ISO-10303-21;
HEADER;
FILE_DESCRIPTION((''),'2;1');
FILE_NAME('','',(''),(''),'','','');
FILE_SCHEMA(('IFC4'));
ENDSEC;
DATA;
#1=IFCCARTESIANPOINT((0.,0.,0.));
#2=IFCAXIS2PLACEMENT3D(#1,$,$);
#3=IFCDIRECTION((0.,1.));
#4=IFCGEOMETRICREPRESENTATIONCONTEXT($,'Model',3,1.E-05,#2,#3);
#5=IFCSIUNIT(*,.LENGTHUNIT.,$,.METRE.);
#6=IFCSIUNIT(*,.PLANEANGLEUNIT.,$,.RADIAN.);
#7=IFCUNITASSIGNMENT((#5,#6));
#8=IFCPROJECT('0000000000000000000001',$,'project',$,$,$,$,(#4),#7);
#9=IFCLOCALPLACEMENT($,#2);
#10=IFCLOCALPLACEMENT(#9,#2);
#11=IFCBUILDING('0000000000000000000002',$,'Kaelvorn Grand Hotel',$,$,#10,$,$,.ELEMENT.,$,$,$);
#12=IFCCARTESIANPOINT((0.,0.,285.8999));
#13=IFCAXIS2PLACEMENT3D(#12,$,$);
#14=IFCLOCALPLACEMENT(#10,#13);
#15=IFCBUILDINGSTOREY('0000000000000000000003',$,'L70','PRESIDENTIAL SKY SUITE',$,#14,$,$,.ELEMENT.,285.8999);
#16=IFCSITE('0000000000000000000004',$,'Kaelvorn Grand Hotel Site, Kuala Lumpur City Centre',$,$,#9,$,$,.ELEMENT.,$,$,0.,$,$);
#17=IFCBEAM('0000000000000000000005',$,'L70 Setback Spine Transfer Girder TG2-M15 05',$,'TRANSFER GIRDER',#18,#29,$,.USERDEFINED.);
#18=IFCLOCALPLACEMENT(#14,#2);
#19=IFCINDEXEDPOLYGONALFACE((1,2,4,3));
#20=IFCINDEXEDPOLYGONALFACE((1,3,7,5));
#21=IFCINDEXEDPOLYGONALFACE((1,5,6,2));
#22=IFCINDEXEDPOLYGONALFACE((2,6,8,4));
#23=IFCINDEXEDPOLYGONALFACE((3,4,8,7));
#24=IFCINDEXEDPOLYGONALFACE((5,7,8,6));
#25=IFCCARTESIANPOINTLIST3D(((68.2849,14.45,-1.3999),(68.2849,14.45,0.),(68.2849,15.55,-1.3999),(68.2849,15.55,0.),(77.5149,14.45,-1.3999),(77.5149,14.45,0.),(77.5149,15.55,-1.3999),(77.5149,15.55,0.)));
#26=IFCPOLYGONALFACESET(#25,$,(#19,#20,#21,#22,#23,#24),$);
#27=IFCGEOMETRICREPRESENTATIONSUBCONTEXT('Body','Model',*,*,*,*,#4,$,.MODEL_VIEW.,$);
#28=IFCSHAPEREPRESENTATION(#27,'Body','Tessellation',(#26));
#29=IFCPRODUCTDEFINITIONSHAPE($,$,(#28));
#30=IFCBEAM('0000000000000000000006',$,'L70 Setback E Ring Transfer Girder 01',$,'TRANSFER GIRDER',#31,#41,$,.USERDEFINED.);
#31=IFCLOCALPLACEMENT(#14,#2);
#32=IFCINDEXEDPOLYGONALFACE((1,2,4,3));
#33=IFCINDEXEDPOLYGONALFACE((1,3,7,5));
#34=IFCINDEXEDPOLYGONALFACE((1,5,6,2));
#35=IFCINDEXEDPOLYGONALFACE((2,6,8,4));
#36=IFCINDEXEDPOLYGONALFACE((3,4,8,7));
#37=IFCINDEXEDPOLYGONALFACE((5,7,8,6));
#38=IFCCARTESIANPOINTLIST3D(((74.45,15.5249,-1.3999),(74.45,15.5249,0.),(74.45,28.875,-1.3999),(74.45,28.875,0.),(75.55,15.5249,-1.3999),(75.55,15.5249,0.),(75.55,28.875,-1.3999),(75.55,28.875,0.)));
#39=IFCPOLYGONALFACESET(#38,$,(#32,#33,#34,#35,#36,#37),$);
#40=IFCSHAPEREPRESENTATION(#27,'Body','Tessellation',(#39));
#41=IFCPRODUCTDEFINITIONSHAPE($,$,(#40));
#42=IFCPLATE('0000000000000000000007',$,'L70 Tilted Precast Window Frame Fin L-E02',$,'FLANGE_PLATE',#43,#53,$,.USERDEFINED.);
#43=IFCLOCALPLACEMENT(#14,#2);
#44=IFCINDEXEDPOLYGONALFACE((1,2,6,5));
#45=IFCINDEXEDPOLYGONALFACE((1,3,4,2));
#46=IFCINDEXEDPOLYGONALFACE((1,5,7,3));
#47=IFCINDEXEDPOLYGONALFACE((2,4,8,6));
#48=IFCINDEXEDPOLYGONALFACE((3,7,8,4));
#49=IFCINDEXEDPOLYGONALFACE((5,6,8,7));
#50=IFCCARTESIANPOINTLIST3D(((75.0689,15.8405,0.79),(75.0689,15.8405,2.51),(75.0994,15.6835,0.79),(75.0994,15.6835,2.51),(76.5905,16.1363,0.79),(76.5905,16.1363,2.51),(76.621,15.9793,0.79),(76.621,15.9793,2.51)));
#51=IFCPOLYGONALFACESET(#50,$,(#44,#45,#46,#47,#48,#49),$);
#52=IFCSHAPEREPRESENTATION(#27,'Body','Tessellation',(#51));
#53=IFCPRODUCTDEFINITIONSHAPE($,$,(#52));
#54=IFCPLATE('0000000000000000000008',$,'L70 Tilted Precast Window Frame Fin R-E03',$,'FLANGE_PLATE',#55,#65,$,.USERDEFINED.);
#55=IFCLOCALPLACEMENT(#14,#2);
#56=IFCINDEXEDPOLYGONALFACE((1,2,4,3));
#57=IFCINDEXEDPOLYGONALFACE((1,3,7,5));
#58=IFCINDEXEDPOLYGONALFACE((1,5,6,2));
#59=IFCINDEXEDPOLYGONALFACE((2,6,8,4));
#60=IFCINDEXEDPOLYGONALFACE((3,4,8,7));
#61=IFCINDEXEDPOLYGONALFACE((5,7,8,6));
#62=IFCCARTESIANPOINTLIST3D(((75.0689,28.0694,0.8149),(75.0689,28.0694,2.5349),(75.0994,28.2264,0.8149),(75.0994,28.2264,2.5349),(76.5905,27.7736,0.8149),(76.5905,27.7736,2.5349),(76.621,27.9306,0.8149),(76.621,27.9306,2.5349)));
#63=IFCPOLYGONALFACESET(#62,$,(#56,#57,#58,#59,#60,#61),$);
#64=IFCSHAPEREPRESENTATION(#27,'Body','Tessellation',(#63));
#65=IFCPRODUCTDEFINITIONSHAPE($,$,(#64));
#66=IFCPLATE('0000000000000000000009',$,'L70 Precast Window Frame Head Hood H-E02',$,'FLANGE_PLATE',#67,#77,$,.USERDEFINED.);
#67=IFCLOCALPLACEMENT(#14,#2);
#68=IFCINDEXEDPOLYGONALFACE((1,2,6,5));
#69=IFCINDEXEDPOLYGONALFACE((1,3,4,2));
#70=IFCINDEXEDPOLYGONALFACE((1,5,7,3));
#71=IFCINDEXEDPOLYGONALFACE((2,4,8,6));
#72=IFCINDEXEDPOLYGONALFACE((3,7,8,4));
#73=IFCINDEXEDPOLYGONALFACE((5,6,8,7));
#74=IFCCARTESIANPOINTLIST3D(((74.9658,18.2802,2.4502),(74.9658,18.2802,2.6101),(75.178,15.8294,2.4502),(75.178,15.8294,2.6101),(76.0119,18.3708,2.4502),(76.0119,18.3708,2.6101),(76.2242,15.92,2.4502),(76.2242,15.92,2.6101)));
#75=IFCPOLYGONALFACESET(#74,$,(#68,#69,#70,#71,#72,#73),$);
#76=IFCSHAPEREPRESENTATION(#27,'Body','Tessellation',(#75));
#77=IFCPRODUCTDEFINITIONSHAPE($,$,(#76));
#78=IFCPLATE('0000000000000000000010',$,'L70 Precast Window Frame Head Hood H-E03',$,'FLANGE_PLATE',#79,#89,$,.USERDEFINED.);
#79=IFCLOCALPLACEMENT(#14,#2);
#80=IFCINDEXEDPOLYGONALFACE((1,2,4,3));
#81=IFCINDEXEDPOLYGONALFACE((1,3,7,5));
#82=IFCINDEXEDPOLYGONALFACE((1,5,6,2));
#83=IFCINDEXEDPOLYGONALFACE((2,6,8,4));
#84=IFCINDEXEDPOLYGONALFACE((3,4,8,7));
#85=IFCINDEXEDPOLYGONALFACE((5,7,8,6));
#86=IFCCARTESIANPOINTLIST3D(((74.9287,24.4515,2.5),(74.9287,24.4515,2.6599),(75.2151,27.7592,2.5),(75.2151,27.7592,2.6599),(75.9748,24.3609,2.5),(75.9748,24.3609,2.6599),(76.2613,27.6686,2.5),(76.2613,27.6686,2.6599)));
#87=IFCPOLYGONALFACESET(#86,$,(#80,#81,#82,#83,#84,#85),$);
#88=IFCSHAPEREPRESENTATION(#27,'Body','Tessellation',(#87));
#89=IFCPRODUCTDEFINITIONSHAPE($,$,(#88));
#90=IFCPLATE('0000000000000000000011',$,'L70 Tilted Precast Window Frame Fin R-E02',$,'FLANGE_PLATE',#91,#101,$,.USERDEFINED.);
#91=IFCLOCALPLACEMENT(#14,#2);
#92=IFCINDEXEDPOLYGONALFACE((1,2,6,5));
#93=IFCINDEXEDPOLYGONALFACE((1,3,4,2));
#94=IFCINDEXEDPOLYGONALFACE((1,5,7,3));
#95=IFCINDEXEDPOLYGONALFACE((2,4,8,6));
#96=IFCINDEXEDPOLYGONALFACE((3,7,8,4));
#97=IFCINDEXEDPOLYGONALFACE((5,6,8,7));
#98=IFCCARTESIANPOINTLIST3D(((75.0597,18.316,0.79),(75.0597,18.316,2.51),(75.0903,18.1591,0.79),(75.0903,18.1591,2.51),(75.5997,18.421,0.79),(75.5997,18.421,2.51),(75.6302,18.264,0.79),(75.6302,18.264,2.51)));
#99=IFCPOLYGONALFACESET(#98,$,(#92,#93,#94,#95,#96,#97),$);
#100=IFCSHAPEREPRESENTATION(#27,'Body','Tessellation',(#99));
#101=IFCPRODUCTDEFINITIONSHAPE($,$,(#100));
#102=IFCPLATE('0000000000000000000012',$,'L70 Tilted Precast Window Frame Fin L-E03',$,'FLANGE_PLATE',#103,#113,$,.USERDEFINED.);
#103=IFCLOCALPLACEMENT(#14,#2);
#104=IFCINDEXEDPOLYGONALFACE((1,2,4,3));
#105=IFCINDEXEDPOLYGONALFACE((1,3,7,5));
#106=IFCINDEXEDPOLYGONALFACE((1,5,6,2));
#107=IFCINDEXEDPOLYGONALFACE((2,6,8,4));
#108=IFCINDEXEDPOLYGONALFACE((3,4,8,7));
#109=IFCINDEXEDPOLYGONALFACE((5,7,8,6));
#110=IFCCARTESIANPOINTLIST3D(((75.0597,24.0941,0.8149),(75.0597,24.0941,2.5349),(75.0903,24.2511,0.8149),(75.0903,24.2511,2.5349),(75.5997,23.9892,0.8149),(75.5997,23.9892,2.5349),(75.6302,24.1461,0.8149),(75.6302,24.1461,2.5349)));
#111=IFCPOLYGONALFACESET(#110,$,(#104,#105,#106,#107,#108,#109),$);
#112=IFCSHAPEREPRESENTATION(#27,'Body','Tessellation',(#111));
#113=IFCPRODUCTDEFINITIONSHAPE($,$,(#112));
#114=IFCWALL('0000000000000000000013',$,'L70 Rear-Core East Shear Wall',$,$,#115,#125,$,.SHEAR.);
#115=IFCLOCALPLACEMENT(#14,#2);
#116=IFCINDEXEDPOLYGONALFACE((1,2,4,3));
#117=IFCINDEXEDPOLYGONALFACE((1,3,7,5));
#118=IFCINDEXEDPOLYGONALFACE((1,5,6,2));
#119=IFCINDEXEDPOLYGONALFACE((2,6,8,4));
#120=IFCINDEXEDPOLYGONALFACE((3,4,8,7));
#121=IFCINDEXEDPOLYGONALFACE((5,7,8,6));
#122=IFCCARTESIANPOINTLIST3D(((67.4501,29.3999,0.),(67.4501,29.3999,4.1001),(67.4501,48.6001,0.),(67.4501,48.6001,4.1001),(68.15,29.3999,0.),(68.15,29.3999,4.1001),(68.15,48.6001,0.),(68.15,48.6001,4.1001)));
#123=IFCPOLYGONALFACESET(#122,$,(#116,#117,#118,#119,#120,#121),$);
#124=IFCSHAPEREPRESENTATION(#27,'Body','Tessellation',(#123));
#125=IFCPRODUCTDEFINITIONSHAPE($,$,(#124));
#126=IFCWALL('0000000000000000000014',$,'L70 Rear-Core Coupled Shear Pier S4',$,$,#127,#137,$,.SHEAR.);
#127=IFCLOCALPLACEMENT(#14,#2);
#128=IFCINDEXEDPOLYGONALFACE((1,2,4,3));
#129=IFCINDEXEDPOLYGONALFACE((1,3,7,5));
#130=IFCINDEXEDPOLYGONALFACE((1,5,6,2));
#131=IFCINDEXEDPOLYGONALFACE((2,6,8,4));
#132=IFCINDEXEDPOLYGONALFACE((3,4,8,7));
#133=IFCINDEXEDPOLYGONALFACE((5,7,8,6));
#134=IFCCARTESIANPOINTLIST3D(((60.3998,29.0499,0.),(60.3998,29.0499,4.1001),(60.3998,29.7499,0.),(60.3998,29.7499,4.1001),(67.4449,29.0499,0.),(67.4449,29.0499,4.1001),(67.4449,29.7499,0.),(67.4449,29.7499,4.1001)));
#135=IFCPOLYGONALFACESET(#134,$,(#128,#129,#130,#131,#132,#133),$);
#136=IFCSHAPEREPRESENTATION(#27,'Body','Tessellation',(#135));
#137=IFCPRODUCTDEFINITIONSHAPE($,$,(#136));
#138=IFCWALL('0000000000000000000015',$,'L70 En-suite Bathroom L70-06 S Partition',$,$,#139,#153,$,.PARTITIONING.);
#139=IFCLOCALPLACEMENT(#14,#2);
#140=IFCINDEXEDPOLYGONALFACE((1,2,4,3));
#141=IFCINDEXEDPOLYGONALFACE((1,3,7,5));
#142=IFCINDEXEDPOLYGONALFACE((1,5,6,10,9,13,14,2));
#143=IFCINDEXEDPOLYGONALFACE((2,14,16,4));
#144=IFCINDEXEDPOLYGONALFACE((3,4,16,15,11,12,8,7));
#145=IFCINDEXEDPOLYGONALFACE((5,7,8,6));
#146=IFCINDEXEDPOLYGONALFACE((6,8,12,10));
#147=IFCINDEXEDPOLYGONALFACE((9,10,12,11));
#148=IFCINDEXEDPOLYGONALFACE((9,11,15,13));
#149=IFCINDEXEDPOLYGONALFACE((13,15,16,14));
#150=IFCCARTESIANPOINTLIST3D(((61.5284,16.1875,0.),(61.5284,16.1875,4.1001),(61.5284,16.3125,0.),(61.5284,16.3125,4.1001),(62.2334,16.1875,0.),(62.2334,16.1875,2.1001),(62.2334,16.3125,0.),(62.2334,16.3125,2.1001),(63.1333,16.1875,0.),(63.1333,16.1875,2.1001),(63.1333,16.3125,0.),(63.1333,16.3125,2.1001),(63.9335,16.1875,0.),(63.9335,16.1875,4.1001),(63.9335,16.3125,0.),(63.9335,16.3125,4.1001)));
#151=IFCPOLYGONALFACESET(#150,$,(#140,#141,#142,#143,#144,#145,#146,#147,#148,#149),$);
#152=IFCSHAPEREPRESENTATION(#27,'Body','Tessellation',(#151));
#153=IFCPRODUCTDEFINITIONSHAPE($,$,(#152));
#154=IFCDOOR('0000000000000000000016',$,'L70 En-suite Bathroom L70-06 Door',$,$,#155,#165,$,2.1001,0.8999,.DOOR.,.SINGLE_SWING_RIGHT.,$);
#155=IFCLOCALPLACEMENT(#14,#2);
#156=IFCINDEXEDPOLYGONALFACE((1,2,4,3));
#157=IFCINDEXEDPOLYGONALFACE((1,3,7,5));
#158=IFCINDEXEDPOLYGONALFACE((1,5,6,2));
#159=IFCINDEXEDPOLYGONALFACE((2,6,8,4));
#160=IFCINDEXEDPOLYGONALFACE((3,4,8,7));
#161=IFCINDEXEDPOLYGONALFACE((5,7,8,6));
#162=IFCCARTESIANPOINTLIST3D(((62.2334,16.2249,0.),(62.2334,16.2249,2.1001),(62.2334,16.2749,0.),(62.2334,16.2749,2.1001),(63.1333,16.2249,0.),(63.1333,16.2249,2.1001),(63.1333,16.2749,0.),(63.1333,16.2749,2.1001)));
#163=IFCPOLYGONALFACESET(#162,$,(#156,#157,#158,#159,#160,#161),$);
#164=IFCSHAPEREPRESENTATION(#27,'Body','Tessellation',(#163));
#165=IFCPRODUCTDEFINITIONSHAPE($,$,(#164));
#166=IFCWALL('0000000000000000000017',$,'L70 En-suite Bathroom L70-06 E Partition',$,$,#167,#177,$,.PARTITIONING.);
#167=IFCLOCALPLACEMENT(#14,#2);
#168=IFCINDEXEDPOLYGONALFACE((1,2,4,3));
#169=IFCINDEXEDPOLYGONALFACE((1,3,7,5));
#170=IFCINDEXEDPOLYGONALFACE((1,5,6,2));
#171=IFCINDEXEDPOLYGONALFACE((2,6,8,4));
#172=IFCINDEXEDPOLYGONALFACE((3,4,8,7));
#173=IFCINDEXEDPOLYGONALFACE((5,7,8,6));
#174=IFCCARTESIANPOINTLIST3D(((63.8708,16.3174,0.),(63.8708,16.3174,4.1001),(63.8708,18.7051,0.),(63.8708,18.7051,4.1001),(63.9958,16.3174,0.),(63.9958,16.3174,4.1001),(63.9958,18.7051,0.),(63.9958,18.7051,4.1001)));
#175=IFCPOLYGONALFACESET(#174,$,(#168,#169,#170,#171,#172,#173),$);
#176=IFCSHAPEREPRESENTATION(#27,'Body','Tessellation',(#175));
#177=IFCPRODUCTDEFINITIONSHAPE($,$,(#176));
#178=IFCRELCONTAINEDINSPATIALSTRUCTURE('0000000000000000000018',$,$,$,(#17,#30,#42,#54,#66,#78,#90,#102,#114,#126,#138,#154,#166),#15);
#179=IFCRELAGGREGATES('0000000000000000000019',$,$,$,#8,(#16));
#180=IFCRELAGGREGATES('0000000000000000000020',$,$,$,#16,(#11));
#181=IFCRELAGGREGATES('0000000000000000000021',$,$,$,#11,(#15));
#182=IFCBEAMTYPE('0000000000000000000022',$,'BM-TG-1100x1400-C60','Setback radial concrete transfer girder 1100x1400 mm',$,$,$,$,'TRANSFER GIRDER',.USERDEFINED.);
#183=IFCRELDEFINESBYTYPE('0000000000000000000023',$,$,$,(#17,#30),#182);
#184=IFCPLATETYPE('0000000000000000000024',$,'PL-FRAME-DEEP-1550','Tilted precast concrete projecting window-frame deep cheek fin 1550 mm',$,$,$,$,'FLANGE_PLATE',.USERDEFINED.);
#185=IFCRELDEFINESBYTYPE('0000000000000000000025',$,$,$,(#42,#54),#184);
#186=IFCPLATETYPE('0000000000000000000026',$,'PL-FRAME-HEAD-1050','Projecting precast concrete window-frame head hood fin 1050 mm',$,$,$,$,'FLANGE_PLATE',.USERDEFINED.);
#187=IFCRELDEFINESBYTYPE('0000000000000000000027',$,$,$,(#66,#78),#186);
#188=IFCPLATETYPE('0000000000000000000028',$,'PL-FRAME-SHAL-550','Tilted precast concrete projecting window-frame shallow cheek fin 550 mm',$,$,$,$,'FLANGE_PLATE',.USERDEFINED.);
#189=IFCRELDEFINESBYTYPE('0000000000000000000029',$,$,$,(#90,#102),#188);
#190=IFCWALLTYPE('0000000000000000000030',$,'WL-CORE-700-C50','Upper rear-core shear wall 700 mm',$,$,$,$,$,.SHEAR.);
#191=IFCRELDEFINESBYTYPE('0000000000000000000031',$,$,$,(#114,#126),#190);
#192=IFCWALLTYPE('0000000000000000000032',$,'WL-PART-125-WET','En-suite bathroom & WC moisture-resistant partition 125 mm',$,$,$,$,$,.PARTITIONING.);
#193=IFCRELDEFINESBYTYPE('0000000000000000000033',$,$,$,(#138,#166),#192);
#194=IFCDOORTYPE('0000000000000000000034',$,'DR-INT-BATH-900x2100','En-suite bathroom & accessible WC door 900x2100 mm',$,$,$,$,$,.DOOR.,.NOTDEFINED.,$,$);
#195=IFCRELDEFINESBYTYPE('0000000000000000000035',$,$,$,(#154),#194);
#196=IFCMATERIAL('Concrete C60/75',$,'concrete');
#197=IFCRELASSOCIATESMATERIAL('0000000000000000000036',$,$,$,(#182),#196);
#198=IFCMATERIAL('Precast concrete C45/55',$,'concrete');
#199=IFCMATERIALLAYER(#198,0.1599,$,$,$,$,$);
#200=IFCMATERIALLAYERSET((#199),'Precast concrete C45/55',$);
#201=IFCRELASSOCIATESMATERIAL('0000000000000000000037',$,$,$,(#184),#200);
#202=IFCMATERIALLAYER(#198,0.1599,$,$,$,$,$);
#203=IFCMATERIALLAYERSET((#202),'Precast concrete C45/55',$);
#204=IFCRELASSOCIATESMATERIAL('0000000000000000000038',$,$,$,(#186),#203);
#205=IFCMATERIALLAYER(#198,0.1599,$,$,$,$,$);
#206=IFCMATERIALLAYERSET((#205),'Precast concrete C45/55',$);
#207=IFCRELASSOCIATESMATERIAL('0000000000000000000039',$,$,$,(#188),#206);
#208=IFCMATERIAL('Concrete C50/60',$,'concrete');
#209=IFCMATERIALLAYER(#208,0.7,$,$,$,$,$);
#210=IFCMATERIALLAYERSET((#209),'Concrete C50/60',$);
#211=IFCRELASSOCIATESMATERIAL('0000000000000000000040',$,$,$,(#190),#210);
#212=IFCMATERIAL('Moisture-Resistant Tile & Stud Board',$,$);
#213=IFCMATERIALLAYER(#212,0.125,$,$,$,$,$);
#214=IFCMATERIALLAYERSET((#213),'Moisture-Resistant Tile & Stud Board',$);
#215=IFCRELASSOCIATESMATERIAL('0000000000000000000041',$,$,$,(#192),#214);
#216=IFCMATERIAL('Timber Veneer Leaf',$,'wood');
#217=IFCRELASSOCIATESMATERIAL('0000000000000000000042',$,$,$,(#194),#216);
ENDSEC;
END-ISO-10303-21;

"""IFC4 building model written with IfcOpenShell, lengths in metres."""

from ifc_helpers import new_model, si_unit, direction, frame, frame_2d, origin, origin_2d, place, context, subcontext, project, spatial, rectangle, extrude, material, layer, layer_set, material_profile, profile_set, type_object, element, fill, save


model = new_model("IFC4")

# Units and contexts
model_context = context("Model", 3, precision=1e-05, world=origin(), true_north=direction((0.0, 1.0)))
body_context = subcontext(model_context, "Body", "Model", "MODEL_VIEW")
ifc_project = project(units=[si_unit("LENGTHUNIT", "METRE"), si_unit("PLANEANGLEUNIT", "RADIAN")], contexts=[model_context])

# Site, building, storey
site_placement = place(None, origin())
site = spatial("IfcSite", under=ifc_project, at=site_placement, Name="Kaelvorn Grand Hotel Site, Kuala Lumpur City Centre", CompositionType="ELEMENT", RefElevation=0.0)
building_placement = place(site_placement, origin())
building = spatial("IfcBuilding", under=site, at=building_placement, Name="Kaelvorn Grand Hotel", CompositionType="ELEMENT")
storey_placement = place(building_placement, frame((0.0, 0.0, 285.8999)))
storey = spatial("IfcBuildingStorey", under=building, at=storey_placement, Name="L70", Description="PRESIDENTIAL SKY SUITE", CompositionType="ELEMENT", Elevation=285.8999)

# Shared definitions
ifc_material_1 = material(Name="Concrete C50/60", Category="concrete")

# Beams
ifc_material_2 = material(Name="Concrete C60/75", Category="concrete")
ifc_material_profile_1 = material_profile(ifc_material_2, rectangle(XDim=1.1001, YDim=1.3999, at=origin_2d()), Name="RC TG 1100x1400")
ifc_profile_set_1 = profile_set([ifc_material_profile_1], Name="Concrete C60/75")
beam_type_1 = type_object("IfcBeamType", Name="BM-TG-1100x1400-C60", Description="Setback radial concrete transfer girder 1100x1400 mm", ElementType="TRANSFER GIRDER", PredefinedType="USERDEFINED", material=ifc_profile_set_1)
beam_1_placement = place(storey_placement, frame((68.2849, 15.0, -0.7), z_axis=(1.0, 0.0, 0.0), x_axis=(0.0, 1.0, 0.0)))
element("IfcBeam", 1, at=beam_1_placement, inside=storey, type_object=beam_type_1, Name="L70 Setback Spine Transfer Girder TG2-M15 05", ObjectType="TRANSFER GIRDER", PredefinedType="USERDEFINED", context=body_context, shape_type="SweptSolid", body=[
    extrude(rectangle(XDim=1.1001, YDim=1.3999, at=origin_2d()), origin(), (0.0, 0.0, 1.0), 9.23),
])
beam_2_placement = place(storey_placement, frame((75.0, 15.5249, -0.7), z_axis=(0.0, 1.0, 0.0), x_axis=(-1.0, 0.0, 0.0)))
element("IfcBeam", 2, at=beam_2_placement, inside=storey, type_object=beam_type_1, Name="L70 Setback E Ring Transfer Girder 01", ObjectType="TRANSFER GIRDER", PredefinedType="USERDEFINED", context=body_context, shape_type="SweptSolid", body=[
    extrude(rectangle(XDim=1.1001, YDim=1.3999, at=origin_2d()), origin(), (0.0, 0.0, 1.0), 13.3501),
])

# Plates
ifc_material_3 = material(Name="Precast concrete C45/55", Category="concrete")
ifc_layer_1 = layer(ifc_material_3, 0.1599)
ifc_layer_set_1 = layer_set([ifc_layer_1], Name="Precast concrete C45/55")
plate_type_1 = type_object("IfcPlateType", Name="PL-FRAME-DEEP-1550", Description="Tilted precast concrete projecting window-frame deep cheek fin 1550 mm", ElementType="FLANGE_PLATE", PredefinedType="USERDEFINED", material=ifc_layer_set_1)
for number, where, z_axis, x_axis, name in (
    (3, (75.845, 15.9099, 0.79), (0.0, 0.0, 1.0), (-0.190809, 0.981627, 0.0), "L70 Tilted Precast Window Frame Fin L-E02"),
    (4, (75.845, 28.0, 0.8149), (0.0, 0.0, 1.0), (0.190809, 0.981627, 0.0), "L70 Tilted Precast Window Frame Fin R-E03"),
):
    element("IfcPlate", number, at=place(storey_placement, frame(where, z_axis=z_axis, x_axis=x_axis)), inside=storey, type_object=plate_type_1, Name=name, ObjectType="FLANGE_PLATE", PredefinedType="USERDEFINED", context=body_context, shape_type="SweptSolid", body=[
        extrude(rectangle(XDim=0.1599, YDim=1.55, at=origin_2d()), origin(), (0.0, 0.0, 1.0), 1.72),
    ])
ifc_layer_2 = layer(ifc_material_3, 0.1599)
ifc_layer_set_2 = layer_set([ifc_layer_2], Name="Precast concrete C45/55")
plate_type_2 = type_object("IfcPlateType", Name="PL-FRAME-HEAD-1050", Description="Projecting precast concrete window-frame head hood fin 1050 mm", ElementType="FLANGE_PLATE", PredefinedType="USERDEFINED", material=ifc_layer_set_2)
plate_1_placement = place(storey_placement, frame((75.595, 17.1001, 2.4502), z_axis=(0.0, 0.0, 1.0), x_axis=(-0.086286, 0.99627, 0.0)))
element("IfcPlate", 5, at=plate_1_placement, inside=storey, type_object=plate_type_2, Name="L70 Precast Window Frame Head Hood H-E02", ObjectType="FLANGE_PLATE", PredefinedType="USERDEFINED", context=body_context, shape_type="SweptSolid", body=[
    extrude(rectangle(XDim=2.46, YDim=1.05, at=origin_2d()), origin(), (0.0, 0.0, 1.0), 0.1599),
])
plate_2_placement = place(storey_placement, frame((75.595, 26.0601, 2.5), z_axis=(0.0, 0.0, 1.0), x_axis=(0.086286, 0.99627, 0.0)))
element("IfcPlate", 6, at=plate_2_placement, inside=storey, type_object=plate_type_2, Name="L70 Precast Window Frame Head Hood H-E03", ObjectType="FLANGE_PLATE", PredefinedType="USERDEFINED", context=body_context, shape_type="SweptSolid", body=[
    extrude(rectangle(XDim=3.3201, YDim=1.05, at=origin_2d()), origin(), (0.0, 0.0, 1.0), 0.1599),
])
ifc_layer_3 = layer(ifc_material_3, 0.1599)
ifc_layer_set_3 = layer_set([ifc_layer_3], Name="Precast concrete C45/55")
plate_type_3 = type_object("IfcPlateType", Name="PL-FRAME-SHAL-550", Description="Tilted precast concrete projecting window-frame shallow cheek fin 550 mm", ElementType="FLANGE_PLATE", PredefinedType="USERDEFINED", material=ifc_layer_set_3)
for number, where, z_axis, x_axis, name in (
    (7, (75.345, 18.29, 0.79), (0.0, 0.0, 1.0), (-0.190809, 0.981627, 0.0), "L70 Tilted Precast Window Frame Fin R-E02"),
    (8, (75.345, 24.1201, 0.8149), (0.0, 0.0, 1.0), (0.190809, 0.981627, 0.0), "L70 Tilted Precast Window Frame Fin L-E03"),
):
    element("IfcPlate", number, at=place(storey_placement, frame(where, z_axis=z_axis, x_axis=x_axis)), inside=storey, type_object=plate_type_3, Name=name, ObjectType="FLANGE_PLATE", PredefinedType="USERDEFINED", context=body_context, shape_type="SweptSolid", body=[
        extrude(rectangle(XDim=0.1599, YDim=0.55, at=origin_2d()), origin(), (0.0, 0.0, 1.0), 1.72),
    ])

# Walls
ifc_layer_4 = layer(ifc_material_1, 0.7)
ifc_layer_set_4 = layer_set([ifc_layer_4], Name="Concrete C50/60")
wall_type_1 = type_object("IfcWallType", Name="WL-CORE-700-C50", Description="Upper rear-core shear wall 700 mm", PredefinedType="SHEAR", material=ifc_layer_set_4)
wall_1_placement = place(storey_placement, frame((67.8, 29.3999, 0.0), z_axis=(0.0, 0.0, 1.0), x_axis=(0.0, 1.0, 0.0)))
element("IfcWall", 9, at=wall_1_placement, inside=storey, type_object=wall_type_1, Name="L70 Rear-Core East Shear Wall", PredefinedType="SHEAR", context=body_context, shape_type="SweptSolid", body=[
    extrude(rectangle(XDim=19.2002, YDim=0.7, at=frame_2d((9.6001, 0.0))), origin(), (0.0, 0.0, 1.0), 4.1001),
])
wall_2_placement = place(storey_placement, frame((60.3999, 29.3999, 0.0), z_axis=(0.0, 0.0, 1.0), x_axis=(1.0, 0.0, 0.0)))
element("IfcWall", 10, at=wall_2_placement, inside=storey, type_object=wall_type_1, Name="L70 Rear-Core Coupled Shear Pier S4", PredefinedType="SHEAR", context=body_context, shape_type="SweptSolid", body=[
    extrude(rectangle(XDim=7.0452, YDim=0.7, at=frame_2d((3.5225, 0.0))), origin(), (0.0, 0.0, 1.0), 4.1001),
])

# Wall, opening, door
ifc_material_4 = material(Name="Moisture-Resistant Tile & Stud Board")
ifc_layer_5 = layer(ifc_material_4, 0.125)
ifc_layer_set_5 = layer_set([ifc_layer_5], Name="Moisture-Resistant Tile & Stud Board")
wall_type_2 = type_object("IfcWallType", Name="WL-PART-125-WET", Description="En-suite bathroom & WC moisture-resistant partition 125 mm", PredefinedType="PARTITIONING", material=ifc_layer_set_5)
wall_3_placement = place(storey_placement, frame((61.5283, 16.25, 0.0), z_axis=(0.0, 0.0, 1.0), x_axis=(1.0, 0.0, 0.0)))
wall_3 = element("IfcWall", 11, at=wall_3_placement, inside=storey, type_object=wall_type_2, Name="L70 En-suite Bathroom L70-06 S Partition", PredefinedType="PARTITIONING", context=body_context, shape_type="SweptSolid", body=[
    extrude(rectangle(XDim=2.405, YDim=0.125, at=frame_2d((1.2026, 0.0))), origin(), (0.0, 0.0, 1.0), 4.1001),
])
opening_1_placement = place(wall_3_placement, frame((0.7051, 0.0, 0.0)))
opening_1 = element("IfcOpeningElement", 12, at=opening_1_placement, cuts=wall_3, PredefinedType="OPENING", context=body_context, shape_type="SweptSolid", body=[
    extrude(rectangle(XDim=0.8999, YDim=2.1001, at=frame_2d((0.45, 1.05))), frame((0.0, 0.0725, 0.0), z_axis=(0.0, -1.0, 0.0), x_axis=(1.0, 0.0, 0.0)), (0.0, 0.0, 1.0), 0.145),
])
ifc_material_5 = material(Name="Timber Veneer Leaf", Category="wood")
door_type_1 = type_object("IfcDoorType", Name="DR-INT-BATH-900x2100", Description="En-suite bathroom & accessible WC door 900x2100 mm", OperationType="NOTDEFINED", PredefinedType="DOOR", material=ifc_material_5)
door_1_placement = place(opening_1_placement, origin())
door_1 = element("IfcDoor", 13, at=door_1_placement, inside=storey, type_object=door_type_1, Name="L70 En-suite Bathroom L70-06 Door", OperationType="SINGLE_SWING_RIGHT", OverallHeight=2.1001, OverallWidth=0.8999, PredefinedType="DOOR", context=body_context, shape_type="SweptSolid", body=[
    extrude(rectangle(XDim=0.8999, YDim=2.1001, at=frame_2d((0.45, 1.05))), frame((0.0, 0.0249, 0.0), z_axis=(0.0, -1.0, 0.0), x_axis=(1.0, 0.0, 0.0)), (0.0, 0.0, 1.0), 0.05),
])
fill(opening_1, door_1)

# Wall
wall_4_placement = place(storey_placement, frame((63.9333, 16.3174, 0.0), z_axis=(0.0, 0.0, 1.0), x_axis=(0.0, 1.0, 0.0)))
element("IfcWall", 14, at=wall_4_placement, inside=storey, type_object=wall_type_2, Name="L70 En-suite Bathroom L70-06 E Partition", PredefinedType="PARTITIONING", context=body_context, shape_type="SweptSolid", body=[
    extrude(rectangle(XDim=2.3877, YDim=0.125, at=frame_2d((1.1938, 0.0))), origin(), (0.0, 0.0, 1.0), 4.1001),
])

save(model, "model.ifc")
